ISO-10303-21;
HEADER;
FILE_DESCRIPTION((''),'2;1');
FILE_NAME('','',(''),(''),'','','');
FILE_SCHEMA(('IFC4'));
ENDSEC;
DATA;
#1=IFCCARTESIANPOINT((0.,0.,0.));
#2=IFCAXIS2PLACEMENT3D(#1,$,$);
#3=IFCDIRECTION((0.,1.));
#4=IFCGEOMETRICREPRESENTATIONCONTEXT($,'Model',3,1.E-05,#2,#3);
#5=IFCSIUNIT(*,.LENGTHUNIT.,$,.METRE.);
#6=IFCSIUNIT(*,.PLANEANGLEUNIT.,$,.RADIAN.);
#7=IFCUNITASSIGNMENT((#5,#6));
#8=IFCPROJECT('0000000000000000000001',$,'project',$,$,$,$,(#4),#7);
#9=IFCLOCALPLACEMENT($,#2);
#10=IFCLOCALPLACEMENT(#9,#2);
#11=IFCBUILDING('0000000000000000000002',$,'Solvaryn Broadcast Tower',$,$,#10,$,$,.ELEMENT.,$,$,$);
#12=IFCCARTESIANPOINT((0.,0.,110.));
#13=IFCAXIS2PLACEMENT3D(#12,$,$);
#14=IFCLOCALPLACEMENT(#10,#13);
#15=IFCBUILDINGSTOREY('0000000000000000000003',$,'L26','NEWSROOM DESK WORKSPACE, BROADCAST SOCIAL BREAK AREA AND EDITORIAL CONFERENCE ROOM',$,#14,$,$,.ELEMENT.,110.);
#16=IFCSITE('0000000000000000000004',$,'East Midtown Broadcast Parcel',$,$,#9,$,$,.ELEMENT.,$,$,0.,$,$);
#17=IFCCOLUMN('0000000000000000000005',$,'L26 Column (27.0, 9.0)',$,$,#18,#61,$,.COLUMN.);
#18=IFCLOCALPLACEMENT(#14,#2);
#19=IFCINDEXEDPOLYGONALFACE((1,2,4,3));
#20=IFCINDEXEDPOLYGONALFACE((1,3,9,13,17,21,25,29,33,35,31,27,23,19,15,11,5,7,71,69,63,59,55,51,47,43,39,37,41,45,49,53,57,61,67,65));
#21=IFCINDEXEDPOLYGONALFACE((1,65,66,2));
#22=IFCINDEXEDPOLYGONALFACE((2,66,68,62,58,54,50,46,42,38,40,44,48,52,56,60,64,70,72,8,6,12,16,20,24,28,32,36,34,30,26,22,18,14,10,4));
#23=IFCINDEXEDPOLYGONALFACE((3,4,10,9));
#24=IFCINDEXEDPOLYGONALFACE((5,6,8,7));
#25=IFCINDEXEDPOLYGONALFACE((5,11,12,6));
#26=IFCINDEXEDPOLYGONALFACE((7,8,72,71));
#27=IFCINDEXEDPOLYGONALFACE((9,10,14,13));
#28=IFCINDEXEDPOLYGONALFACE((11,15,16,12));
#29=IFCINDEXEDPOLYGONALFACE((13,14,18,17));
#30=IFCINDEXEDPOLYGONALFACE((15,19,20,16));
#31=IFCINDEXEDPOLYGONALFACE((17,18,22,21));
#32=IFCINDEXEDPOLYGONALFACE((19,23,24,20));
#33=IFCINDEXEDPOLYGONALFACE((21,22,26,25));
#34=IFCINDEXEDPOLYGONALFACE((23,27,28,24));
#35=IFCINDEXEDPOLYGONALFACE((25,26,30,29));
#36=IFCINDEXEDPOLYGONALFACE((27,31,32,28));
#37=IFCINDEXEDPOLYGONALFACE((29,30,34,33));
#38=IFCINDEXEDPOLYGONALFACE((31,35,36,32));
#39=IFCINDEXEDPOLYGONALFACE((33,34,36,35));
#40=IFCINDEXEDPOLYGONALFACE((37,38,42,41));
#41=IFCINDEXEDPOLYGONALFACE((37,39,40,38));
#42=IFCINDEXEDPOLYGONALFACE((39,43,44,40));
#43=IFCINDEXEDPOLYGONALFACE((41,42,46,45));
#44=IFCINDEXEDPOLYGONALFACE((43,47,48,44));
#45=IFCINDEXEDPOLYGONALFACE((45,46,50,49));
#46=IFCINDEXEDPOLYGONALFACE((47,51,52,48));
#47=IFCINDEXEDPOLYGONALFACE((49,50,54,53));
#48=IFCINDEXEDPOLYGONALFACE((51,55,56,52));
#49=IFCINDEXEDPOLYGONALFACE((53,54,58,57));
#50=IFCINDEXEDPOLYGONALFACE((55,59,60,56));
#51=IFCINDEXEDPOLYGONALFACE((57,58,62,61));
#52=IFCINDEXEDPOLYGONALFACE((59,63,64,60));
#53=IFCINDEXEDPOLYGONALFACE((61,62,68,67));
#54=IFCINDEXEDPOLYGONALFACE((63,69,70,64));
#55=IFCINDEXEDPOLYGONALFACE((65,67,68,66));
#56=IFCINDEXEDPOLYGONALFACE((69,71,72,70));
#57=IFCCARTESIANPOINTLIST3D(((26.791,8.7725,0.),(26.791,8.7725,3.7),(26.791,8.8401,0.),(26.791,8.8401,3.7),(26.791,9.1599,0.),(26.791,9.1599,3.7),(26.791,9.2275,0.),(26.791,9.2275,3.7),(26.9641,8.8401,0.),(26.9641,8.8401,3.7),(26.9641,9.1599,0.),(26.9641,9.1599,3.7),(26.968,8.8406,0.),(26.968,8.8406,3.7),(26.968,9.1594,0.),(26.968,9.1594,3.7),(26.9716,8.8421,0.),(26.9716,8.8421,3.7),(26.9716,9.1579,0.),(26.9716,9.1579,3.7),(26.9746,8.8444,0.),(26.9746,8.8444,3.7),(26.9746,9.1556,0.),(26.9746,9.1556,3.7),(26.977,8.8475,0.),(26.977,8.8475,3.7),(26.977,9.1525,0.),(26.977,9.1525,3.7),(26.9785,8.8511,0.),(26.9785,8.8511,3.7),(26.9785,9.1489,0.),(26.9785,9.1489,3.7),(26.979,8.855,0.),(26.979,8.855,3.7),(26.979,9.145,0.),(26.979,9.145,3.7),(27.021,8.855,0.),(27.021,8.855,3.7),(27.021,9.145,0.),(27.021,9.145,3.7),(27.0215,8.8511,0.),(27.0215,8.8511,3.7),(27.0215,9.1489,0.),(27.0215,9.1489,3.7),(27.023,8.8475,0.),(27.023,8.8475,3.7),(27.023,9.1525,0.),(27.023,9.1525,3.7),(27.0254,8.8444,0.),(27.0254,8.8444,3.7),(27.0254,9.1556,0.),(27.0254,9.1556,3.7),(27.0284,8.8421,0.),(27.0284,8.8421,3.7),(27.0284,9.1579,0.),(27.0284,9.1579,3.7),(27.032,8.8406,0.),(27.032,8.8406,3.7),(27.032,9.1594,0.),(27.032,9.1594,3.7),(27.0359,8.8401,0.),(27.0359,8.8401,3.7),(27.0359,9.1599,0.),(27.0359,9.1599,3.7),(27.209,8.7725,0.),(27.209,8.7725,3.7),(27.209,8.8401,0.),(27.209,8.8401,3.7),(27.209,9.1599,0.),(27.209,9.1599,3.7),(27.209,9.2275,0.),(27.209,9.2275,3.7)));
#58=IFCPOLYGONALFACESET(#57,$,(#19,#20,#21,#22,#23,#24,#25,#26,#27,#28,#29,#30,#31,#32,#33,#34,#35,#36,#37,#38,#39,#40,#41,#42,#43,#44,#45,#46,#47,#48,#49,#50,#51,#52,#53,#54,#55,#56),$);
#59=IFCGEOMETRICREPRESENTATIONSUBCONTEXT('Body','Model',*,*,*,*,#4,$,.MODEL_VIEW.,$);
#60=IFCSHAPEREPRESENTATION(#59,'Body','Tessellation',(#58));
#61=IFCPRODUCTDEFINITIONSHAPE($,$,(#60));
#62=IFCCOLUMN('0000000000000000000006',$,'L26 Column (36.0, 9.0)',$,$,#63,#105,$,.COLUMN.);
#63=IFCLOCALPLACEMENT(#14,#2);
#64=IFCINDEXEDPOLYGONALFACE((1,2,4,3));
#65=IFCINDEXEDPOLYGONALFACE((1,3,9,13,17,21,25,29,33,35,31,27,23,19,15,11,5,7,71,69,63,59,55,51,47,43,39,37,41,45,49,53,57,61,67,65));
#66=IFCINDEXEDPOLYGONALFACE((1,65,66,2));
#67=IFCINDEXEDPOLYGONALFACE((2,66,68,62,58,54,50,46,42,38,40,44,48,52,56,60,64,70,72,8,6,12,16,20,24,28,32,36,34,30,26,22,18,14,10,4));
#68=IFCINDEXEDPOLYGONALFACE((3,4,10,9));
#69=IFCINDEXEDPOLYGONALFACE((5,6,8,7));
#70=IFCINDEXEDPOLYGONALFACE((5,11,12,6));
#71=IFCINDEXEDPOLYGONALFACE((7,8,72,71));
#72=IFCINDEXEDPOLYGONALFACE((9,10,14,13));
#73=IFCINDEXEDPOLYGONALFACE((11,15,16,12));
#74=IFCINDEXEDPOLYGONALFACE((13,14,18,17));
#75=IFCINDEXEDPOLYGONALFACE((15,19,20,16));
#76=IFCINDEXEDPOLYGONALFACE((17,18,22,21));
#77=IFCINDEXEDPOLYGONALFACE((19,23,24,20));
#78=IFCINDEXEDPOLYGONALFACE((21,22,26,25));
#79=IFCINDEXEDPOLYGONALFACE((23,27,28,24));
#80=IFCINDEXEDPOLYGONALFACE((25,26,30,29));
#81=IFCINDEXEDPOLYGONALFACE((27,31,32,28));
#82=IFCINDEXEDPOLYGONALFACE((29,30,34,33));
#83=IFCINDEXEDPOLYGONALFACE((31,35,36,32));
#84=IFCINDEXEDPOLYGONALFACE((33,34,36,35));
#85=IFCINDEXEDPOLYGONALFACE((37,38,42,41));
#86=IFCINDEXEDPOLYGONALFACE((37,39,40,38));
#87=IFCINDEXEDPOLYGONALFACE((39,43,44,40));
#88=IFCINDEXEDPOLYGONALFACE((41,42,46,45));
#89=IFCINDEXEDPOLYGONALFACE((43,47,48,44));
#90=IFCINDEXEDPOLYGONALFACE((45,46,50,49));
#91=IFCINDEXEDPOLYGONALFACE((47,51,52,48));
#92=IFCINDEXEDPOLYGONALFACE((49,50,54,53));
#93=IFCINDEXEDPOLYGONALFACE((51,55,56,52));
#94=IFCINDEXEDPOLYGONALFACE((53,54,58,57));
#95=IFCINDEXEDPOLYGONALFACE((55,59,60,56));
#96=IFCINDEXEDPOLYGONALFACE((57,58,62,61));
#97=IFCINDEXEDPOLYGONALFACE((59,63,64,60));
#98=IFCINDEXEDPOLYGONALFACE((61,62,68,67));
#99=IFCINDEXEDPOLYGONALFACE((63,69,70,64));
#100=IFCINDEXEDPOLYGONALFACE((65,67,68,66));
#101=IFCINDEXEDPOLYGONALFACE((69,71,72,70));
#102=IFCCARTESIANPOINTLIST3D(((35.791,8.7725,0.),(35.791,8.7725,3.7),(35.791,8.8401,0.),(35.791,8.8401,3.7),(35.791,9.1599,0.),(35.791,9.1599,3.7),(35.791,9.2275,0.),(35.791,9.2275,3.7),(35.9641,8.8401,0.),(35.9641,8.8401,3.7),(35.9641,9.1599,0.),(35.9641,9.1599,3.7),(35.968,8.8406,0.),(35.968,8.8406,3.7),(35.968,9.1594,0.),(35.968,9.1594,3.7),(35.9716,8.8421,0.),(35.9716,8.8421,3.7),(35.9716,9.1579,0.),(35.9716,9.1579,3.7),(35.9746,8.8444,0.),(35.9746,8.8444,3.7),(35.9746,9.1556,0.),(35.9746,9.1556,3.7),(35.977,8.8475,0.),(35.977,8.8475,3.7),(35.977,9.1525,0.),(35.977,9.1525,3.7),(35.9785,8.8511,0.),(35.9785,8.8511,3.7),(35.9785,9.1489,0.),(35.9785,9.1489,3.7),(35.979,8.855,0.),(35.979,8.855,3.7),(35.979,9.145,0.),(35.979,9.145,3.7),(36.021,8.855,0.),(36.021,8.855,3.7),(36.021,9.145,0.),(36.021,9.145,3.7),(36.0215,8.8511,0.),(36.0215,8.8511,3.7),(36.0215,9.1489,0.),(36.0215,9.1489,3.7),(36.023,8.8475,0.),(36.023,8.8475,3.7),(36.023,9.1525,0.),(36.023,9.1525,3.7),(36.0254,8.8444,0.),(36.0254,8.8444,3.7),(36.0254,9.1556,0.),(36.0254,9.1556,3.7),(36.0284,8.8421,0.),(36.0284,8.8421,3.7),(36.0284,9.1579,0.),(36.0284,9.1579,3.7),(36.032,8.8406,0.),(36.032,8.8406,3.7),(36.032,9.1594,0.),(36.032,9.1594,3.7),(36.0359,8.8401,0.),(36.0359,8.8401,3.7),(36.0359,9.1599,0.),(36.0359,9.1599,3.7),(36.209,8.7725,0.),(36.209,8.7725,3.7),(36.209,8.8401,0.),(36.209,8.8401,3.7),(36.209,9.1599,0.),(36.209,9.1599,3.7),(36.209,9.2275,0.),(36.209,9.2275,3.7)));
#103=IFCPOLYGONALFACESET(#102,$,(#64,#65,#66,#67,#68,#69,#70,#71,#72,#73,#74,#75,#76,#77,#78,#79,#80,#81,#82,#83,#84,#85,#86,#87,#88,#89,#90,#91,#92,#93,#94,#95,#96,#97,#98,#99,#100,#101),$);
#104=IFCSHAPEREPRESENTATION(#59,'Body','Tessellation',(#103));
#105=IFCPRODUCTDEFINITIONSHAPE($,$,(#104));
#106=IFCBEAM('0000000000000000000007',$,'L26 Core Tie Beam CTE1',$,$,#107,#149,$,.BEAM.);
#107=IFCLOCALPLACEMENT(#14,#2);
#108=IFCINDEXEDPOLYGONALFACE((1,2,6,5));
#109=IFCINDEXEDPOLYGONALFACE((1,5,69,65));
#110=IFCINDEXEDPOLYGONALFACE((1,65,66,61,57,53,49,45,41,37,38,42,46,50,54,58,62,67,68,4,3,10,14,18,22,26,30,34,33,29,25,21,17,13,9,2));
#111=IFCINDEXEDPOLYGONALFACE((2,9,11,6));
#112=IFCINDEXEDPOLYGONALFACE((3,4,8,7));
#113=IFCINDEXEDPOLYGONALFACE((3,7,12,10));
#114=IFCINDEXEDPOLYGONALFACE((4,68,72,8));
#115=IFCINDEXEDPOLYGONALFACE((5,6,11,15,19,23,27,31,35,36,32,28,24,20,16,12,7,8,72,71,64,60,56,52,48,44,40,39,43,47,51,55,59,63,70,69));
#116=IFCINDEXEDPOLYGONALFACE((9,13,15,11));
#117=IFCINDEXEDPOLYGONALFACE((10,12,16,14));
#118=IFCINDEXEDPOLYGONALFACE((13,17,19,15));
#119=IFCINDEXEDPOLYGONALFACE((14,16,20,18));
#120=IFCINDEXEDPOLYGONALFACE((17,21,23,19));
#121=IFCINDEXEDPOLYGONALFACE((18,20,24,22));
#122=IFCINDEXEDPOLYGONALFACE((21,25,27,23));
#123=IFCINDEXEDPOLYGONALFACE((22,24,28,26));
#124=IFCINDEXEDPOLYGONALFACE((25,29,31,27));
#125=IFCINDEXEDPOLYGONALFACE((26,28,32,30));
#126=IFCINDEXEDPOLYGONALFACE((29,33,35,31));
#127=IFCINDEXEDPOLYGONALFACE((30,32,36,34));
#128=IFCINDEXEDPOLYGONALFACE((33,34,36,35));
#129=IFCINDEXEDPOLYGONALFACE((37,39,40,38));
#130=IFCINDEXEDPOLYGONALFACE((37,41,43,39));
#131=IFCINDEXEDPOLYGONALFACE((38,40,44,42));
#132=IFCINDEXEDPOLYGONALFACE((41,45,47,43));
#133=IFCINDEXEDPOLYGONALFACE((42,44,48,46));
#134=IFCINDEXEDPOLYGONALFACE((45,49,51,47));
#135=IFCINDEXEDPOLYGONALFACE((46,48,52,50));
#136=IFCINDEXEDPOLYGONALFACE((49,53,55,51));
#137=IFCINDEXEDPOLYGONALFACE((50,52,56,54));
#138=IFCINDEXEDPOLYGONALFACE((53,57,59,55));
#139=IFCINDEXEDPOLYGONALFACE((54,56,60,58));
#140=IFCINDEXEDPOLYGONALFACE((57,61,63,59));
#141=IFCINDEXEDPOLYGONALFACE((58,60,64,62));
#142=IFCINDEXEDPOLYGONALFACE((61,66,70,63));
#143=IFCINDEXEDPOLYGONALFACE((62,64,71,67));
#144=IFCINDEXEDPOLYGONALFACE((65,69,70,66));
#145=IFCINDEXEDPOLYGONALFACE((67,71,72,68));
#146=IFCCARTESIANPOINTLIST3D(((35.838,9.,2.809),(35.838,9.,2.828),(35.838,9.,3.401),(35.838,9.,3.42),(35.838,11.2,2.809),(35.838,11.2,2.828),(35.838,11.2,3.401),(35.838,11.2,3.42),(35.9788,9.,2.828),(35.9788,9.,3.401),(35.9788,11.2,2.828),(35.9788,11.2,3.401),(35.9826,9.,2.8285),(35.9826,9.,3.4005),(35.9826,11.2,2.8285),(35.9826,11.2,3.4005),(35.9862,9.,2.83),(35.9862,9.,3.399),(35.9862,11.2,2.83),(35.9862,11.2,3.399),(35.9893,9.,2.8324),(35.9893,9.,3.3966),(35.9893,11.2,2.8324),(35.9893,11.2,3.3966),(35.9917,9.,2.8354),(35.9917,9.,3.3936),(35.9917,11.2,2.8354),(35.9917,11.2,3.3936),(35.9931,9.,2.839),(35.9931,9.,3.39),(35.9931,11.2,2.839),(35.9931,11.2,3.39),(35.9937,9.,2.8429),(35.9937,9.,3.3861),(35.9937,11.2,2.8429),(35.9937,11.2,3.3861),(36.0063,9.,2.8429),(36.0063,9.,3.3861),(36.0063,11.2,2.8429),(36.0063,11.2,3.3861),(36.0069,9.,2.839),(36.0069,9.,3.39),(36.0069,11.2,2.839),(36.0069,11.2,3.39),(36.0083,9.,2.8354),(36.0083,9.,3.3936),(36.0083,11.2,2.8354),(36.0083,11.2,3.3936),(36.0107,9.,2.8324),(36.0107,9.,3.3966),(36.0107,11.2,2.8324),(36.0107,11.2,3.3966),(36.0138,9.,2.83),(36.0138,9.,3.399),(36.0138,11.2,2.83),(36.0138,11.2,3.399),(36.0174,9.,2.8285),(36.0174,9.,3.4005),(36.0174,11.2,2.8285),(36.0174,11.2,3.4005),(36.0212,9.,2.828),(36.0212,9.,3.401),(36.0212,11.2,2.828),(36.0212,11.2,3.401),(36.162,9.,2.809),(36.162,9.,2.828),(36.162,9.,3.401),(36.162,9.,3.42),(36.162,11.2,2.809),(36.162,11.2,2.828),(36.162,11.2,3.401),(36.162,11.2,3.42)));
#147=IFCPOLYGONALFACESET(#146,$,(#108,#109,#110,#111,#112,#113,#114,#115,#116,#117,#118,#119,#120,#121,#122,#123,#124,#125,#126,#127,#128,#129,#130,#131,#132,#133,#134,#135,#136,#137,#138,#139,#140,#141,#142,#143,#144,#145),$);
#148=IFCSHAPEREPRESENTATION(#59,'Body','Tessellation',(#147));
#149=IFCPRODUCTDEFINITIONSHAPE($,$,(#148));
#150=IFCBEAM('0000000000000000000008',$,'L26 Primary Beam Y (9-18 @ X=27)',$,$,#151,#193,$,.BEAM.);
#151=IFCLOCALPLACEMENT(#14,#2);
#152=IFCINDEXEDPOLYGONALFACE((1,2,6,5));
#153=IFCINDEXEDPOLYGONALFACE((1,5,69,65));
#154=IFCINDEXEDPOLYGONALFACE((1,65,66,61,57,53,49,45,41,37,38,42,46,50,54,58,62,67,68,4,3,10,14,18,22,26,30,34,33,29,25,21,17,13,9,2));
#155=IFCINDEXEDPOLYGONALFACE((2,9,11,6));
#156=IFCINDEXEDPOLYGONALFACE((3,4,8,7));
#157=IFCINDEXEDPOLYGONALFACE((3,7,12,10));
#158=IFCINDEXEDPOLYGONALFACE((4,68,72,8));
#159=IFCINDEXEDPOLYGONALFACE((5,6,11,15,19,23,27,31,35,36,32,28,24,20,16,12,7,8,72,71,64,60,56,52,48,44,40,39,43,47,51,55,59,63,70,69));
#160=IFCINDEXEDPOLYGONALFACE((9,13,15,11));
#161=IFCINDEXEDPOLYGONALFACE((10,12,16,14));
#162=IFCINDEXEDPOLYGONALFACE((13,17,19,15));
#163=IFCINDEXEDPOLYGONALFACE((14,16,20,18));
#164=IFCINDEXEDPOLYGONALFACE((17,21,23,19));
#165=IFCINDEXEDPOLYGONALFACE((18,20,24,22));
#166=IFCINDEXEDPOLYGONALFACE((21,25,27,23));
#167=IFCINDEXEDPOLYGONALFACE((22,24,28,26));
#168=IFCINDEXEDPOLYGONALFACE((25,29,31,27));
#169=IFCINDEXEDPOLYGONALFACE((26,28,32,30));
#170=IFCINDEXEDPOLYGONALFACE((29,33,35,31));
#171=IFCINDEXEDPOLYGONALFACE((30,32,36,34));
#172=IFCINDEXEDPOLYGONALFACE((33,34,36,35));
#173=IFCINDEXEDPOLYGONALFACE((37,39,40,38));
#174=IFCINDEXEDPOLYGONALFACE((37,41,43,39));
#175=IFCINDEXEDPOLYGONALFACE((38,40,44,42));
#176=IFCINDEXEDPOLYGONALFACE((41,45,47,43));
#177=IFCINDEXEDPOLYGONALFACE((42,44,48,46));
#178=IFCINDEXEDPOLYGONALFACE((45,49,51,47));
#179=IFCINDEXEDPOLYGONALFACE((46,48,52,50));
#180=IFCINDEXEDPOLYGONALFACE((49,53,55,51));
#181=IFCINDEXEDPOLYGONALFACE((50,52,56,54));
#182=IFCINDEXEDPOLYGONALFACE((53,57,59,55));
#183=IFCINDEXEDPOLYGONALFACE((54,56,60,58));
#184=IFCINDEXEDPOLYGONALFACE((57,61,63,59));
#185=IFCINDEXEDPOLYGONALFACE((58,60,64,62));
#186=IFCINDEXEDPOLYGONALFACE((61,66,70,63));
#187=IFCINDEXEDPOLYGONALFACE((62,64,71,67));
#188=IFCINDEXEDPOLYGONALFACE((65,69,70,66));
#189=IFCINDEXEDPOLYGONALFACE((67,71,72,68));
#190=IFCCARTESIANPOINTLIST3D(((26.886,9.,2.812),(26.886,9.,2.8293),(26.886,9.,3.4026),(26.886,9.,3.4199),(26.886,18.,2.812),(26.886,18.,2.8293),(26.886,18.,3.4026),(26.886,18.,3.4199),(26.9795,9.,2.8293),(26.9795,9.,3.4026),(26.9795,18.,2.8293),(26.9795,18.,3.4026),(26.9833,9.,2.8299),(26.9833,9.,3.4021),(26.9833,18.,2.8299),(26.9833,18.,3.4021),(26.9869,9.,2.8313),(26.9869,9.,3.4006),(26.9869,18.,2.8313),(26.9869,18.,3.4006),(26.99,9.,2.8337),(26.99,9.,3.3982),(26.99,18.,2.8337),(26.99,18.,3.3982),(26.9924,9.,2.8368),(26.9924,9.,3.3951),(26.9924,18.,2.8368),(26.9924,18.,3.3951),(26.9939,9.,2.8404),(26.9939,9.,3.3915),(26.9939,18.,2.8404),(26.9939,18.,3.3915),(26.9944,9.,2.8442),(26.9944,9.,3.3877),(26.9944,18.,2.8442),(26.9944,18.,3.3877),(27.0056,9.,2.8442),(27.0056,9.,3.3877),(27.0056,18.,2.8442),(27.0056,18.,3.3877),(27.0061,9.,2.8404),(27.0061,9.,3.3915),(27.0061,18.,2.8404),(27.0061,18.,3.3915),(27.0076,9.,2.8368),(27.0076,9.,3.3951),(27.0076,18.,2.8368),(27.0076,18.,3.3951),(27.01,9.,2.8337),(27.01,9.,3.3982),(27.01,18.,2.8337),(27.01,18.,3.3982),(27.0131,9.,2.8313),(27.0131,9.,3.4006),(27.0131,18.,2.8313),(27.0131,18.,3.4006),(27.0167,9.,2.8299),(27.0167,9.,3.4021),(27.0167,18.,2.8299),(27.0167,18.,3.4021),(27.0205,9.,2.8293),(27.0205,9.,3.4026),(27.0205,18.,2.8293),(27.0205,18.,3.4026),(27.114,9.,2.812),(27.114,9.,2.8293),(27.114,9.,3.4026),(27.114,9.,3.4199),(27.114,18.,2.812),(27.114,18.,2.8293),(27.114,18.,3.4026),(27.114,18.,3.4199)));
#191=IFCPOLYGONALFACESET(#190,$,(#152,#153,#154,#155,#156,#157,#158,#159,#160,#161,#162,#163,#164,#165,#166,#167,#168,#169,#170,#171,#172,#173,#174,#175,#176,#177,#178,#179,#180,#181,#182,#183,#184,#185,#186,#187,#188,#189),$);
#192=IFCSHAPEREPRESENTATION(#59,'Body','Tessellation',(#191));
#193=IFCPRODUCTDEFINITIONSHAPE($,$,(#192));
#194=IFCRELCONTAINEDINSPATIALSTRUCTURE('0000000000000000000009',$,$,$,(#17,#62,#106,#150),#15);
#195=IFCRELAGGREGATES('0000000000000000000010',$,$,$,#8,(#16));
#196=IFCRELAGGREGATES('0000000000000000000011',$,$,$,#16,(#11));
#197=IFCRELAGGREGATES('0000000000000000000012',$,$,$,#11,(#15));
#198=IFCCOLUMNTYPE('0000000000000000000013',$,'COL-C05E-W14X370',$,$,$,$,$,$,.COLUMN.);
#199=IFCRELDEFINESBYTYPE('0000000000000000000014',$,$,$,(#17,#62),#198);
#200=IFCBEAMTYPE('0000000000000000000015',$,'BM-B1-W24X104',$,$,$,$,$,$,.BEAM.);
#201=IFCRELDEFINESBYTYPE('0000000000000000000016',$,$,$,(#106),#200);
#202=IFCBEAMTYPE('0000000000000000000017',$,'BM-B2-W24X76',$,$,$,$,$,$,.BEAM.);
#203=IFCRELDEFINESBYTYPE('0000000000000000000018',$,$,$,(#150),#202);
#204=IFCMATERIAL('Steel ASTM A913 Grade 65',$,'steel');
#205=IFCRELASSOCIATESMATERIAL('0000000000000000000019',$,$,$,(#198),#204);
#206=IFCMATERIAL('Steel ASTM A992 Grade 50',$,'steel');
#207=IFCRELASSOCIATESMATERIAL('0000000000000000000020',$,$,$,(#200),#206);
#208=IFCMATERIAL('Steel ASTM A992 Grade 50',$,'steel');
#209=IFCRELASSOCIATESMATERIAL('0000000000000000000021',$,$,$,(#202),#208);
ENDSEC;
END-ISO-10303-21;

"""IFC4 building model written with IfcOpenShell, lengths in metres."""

from ifc_helpers import new_model, si_unit, direction, frame, origin, origin_2d, place, context, subcontext, project, spatial, i_section, extrude, material, material_profile, profile_set, type_object, element, save


model = new_model("IFC4")

# Units and contexts
model_context = context("Model", 3, precision=1e-05, world=origin(), true_north=direction((0.0, 1.0)))
body_context = subcontext(model_context, "Body", "Model", "MODEL_VIEW")
ifc_project = project(units=[si_unit("LENGTHUNIT", "METRE"), si_unit("PLANEANGLEUNIT", "RADIAN")], contexts=[model_context])

# Site, building, storey
site_placement = place(None, origin())
site = spatial("IfcSite", under=ifc_project, at=site_placement, Name="East Midtown Broadcast Parcel", CompositionType="ELEMENT", RefElevation=0.0)
building_placement = place(site_placement, origin())
building = spatial("IfcBuilding", under=site, at=building_placement, Name="Solvaryn Broadcast Tower", CompositionType="ELEMENT")
storey_placement = place(building_placement, frame((0.0, 0.0, 110.0)))
storey = spatial("IfcBuildingStorey", under=building, at=storey_placement, Name="L26", Description="NEWSROOM DESK WORKSPACE, BROADCAST SOCIAL BREAK AREA AND EDITORIAL CONFERENCE ROOM", CompositionType="ELEMENT", Elevation=110.0)

# Columns
ifc_material_1 = material(Name="Steel ASTM A913 Grade 65", Category="steel")
ifc_material_profile_1 = material_profile(ifc_material_1, i_section(OverallWidth=0.418, OverallDepth=0.4551, WebThickness=0.042, FlangeThickness=0.0676, FilletRadius=0.0149, at=origin_2d()))
ifc_profile_set_1 = profile_set([ifc_material_profile_1], Name="Steel ASTM A913 Grade 65")
column_type = type_object("IfcColumnType", Name="COL-C05E-W14X370", PredefinedType="COLUMN", material=ifc_profile_set_1)
for number, where, z_axis, x_axis, name in (
    (1, (27.0, 9.0, 0.0), (0.0, 0.0, 1.0), (1.0, 0.0, 0.0), "L26 Column (27.0, 9.0)"),
    (2, (36.0, 9.0, 0.0), (0.0, 0.0, 1.0), (1.0, 0.0, 0.0), "L26 Column (36.0, 9.0)"),
):
    element("IfcColumn", number, at=place(storey_placement, frame(where, z_axis=z_axis, x_axis=x_axis)), inside=storey, type_object=column_type, Name=name, PredefinedType="COLUMN", context=body_context, shape_type="SweptSolid", body=[
        extrude(i_section(OverallWidth=0.418, OverallDepth=0.4551, WebThickness=0.042, FlangeThickness=0.0676, FilletRadius=0.0149, at=origin_2d()), origin(), (0.0, 0.0, 1.0), 3.7),
    ])

# Beams
ifc_material_2 = material(Name="Steel ASTM A992 Grade 50", Category="steel")
ifc_material_profile_2 = material_profile(ifc_material_2, i_section(OverallWidth=0.324, OverallDepth=0.6111, WebThickness=0.0127, FlangeThickness=0.019, FilletRadius=0.0149, at=origin_2d()))
ifc_profile_set_2 = profile_set([ifc_material_profile_2], Name="Steel ASTM A992 Grade 50")
beam_type_1 = type_object("IfcBeamType", Name="BM-B1-W24X104", PredefinedType="BEAM", material=ifc_profile_set_2)
beam_1_placement = place(storey_placement, frame((36.0, 9.0, 3.1145), z_axis=(0.0, 1.0, 0.0), x_axis=(-1.0, 0.0, 0.0)))
element("IfcBeam", 3, at=beam_1_placement, inside=storey, type_object=beam_type_1, Name="L26 Core Tie Beam CTE1", PredefinedType="BEAM", context=body_context, shape_type="SweptSolid", body=[
    extrude(i_section(OverallWidth=0.324, OverallDepth=0.6111, WebThickness=0.0127, FlangeThickness=0.019, FilletRadius=0.0149, at=origin_2d()), origin(), (0.0, 0.0, 1.0), 2.2),
])
ifc_material_3 = material(Name="Steel ASTM A992 Grade 50", Category="steel")
ifc_material_profile_3 = material_profile(ifc_material_3, i_section(OverallWidth=0.228, OverallDepth=0.6079, WebThickness=0.0112, FlangeThickness=0.0173, FilletRadius=0.0149, at=origin_2d()))
ifc_profile_set_3 = profile_set([ifc_material_profile_3], Name="Steel ASTM A992 Grade 50")
beam_type_2 = type_object("IfcBeamType", Name="BM-B2-W24X76", PredefinedType="BEAM", material=ifc_profile_set_3)
beam_2_placement = place(storey_placement, frame((27.0, 9.0, 3.116), z_axis=(0.0, 1.0, 0.0), x_axis=(-1.0, 0.0, 0.0)))
element("IfcBeam", 4, at=beam_2_placement, inside=storey, type_object=beam_type_2, Name="L26 Primary Beam Y (9-18 @ X=27)", PredefinedType="BEAM", context=body_context, shape_type="SweptSolid", body=[
    extrude(i_section(OverallWidth=0.228, OverallDepth=0.6079, WebThickness=0.0112, FlangeThickness=0.0173, FilletRadius=0.0149, at=origin_2d()), origin(), (0.0, 0.0, 1.0), 9.0),
])

save(model, "model.ifc")
